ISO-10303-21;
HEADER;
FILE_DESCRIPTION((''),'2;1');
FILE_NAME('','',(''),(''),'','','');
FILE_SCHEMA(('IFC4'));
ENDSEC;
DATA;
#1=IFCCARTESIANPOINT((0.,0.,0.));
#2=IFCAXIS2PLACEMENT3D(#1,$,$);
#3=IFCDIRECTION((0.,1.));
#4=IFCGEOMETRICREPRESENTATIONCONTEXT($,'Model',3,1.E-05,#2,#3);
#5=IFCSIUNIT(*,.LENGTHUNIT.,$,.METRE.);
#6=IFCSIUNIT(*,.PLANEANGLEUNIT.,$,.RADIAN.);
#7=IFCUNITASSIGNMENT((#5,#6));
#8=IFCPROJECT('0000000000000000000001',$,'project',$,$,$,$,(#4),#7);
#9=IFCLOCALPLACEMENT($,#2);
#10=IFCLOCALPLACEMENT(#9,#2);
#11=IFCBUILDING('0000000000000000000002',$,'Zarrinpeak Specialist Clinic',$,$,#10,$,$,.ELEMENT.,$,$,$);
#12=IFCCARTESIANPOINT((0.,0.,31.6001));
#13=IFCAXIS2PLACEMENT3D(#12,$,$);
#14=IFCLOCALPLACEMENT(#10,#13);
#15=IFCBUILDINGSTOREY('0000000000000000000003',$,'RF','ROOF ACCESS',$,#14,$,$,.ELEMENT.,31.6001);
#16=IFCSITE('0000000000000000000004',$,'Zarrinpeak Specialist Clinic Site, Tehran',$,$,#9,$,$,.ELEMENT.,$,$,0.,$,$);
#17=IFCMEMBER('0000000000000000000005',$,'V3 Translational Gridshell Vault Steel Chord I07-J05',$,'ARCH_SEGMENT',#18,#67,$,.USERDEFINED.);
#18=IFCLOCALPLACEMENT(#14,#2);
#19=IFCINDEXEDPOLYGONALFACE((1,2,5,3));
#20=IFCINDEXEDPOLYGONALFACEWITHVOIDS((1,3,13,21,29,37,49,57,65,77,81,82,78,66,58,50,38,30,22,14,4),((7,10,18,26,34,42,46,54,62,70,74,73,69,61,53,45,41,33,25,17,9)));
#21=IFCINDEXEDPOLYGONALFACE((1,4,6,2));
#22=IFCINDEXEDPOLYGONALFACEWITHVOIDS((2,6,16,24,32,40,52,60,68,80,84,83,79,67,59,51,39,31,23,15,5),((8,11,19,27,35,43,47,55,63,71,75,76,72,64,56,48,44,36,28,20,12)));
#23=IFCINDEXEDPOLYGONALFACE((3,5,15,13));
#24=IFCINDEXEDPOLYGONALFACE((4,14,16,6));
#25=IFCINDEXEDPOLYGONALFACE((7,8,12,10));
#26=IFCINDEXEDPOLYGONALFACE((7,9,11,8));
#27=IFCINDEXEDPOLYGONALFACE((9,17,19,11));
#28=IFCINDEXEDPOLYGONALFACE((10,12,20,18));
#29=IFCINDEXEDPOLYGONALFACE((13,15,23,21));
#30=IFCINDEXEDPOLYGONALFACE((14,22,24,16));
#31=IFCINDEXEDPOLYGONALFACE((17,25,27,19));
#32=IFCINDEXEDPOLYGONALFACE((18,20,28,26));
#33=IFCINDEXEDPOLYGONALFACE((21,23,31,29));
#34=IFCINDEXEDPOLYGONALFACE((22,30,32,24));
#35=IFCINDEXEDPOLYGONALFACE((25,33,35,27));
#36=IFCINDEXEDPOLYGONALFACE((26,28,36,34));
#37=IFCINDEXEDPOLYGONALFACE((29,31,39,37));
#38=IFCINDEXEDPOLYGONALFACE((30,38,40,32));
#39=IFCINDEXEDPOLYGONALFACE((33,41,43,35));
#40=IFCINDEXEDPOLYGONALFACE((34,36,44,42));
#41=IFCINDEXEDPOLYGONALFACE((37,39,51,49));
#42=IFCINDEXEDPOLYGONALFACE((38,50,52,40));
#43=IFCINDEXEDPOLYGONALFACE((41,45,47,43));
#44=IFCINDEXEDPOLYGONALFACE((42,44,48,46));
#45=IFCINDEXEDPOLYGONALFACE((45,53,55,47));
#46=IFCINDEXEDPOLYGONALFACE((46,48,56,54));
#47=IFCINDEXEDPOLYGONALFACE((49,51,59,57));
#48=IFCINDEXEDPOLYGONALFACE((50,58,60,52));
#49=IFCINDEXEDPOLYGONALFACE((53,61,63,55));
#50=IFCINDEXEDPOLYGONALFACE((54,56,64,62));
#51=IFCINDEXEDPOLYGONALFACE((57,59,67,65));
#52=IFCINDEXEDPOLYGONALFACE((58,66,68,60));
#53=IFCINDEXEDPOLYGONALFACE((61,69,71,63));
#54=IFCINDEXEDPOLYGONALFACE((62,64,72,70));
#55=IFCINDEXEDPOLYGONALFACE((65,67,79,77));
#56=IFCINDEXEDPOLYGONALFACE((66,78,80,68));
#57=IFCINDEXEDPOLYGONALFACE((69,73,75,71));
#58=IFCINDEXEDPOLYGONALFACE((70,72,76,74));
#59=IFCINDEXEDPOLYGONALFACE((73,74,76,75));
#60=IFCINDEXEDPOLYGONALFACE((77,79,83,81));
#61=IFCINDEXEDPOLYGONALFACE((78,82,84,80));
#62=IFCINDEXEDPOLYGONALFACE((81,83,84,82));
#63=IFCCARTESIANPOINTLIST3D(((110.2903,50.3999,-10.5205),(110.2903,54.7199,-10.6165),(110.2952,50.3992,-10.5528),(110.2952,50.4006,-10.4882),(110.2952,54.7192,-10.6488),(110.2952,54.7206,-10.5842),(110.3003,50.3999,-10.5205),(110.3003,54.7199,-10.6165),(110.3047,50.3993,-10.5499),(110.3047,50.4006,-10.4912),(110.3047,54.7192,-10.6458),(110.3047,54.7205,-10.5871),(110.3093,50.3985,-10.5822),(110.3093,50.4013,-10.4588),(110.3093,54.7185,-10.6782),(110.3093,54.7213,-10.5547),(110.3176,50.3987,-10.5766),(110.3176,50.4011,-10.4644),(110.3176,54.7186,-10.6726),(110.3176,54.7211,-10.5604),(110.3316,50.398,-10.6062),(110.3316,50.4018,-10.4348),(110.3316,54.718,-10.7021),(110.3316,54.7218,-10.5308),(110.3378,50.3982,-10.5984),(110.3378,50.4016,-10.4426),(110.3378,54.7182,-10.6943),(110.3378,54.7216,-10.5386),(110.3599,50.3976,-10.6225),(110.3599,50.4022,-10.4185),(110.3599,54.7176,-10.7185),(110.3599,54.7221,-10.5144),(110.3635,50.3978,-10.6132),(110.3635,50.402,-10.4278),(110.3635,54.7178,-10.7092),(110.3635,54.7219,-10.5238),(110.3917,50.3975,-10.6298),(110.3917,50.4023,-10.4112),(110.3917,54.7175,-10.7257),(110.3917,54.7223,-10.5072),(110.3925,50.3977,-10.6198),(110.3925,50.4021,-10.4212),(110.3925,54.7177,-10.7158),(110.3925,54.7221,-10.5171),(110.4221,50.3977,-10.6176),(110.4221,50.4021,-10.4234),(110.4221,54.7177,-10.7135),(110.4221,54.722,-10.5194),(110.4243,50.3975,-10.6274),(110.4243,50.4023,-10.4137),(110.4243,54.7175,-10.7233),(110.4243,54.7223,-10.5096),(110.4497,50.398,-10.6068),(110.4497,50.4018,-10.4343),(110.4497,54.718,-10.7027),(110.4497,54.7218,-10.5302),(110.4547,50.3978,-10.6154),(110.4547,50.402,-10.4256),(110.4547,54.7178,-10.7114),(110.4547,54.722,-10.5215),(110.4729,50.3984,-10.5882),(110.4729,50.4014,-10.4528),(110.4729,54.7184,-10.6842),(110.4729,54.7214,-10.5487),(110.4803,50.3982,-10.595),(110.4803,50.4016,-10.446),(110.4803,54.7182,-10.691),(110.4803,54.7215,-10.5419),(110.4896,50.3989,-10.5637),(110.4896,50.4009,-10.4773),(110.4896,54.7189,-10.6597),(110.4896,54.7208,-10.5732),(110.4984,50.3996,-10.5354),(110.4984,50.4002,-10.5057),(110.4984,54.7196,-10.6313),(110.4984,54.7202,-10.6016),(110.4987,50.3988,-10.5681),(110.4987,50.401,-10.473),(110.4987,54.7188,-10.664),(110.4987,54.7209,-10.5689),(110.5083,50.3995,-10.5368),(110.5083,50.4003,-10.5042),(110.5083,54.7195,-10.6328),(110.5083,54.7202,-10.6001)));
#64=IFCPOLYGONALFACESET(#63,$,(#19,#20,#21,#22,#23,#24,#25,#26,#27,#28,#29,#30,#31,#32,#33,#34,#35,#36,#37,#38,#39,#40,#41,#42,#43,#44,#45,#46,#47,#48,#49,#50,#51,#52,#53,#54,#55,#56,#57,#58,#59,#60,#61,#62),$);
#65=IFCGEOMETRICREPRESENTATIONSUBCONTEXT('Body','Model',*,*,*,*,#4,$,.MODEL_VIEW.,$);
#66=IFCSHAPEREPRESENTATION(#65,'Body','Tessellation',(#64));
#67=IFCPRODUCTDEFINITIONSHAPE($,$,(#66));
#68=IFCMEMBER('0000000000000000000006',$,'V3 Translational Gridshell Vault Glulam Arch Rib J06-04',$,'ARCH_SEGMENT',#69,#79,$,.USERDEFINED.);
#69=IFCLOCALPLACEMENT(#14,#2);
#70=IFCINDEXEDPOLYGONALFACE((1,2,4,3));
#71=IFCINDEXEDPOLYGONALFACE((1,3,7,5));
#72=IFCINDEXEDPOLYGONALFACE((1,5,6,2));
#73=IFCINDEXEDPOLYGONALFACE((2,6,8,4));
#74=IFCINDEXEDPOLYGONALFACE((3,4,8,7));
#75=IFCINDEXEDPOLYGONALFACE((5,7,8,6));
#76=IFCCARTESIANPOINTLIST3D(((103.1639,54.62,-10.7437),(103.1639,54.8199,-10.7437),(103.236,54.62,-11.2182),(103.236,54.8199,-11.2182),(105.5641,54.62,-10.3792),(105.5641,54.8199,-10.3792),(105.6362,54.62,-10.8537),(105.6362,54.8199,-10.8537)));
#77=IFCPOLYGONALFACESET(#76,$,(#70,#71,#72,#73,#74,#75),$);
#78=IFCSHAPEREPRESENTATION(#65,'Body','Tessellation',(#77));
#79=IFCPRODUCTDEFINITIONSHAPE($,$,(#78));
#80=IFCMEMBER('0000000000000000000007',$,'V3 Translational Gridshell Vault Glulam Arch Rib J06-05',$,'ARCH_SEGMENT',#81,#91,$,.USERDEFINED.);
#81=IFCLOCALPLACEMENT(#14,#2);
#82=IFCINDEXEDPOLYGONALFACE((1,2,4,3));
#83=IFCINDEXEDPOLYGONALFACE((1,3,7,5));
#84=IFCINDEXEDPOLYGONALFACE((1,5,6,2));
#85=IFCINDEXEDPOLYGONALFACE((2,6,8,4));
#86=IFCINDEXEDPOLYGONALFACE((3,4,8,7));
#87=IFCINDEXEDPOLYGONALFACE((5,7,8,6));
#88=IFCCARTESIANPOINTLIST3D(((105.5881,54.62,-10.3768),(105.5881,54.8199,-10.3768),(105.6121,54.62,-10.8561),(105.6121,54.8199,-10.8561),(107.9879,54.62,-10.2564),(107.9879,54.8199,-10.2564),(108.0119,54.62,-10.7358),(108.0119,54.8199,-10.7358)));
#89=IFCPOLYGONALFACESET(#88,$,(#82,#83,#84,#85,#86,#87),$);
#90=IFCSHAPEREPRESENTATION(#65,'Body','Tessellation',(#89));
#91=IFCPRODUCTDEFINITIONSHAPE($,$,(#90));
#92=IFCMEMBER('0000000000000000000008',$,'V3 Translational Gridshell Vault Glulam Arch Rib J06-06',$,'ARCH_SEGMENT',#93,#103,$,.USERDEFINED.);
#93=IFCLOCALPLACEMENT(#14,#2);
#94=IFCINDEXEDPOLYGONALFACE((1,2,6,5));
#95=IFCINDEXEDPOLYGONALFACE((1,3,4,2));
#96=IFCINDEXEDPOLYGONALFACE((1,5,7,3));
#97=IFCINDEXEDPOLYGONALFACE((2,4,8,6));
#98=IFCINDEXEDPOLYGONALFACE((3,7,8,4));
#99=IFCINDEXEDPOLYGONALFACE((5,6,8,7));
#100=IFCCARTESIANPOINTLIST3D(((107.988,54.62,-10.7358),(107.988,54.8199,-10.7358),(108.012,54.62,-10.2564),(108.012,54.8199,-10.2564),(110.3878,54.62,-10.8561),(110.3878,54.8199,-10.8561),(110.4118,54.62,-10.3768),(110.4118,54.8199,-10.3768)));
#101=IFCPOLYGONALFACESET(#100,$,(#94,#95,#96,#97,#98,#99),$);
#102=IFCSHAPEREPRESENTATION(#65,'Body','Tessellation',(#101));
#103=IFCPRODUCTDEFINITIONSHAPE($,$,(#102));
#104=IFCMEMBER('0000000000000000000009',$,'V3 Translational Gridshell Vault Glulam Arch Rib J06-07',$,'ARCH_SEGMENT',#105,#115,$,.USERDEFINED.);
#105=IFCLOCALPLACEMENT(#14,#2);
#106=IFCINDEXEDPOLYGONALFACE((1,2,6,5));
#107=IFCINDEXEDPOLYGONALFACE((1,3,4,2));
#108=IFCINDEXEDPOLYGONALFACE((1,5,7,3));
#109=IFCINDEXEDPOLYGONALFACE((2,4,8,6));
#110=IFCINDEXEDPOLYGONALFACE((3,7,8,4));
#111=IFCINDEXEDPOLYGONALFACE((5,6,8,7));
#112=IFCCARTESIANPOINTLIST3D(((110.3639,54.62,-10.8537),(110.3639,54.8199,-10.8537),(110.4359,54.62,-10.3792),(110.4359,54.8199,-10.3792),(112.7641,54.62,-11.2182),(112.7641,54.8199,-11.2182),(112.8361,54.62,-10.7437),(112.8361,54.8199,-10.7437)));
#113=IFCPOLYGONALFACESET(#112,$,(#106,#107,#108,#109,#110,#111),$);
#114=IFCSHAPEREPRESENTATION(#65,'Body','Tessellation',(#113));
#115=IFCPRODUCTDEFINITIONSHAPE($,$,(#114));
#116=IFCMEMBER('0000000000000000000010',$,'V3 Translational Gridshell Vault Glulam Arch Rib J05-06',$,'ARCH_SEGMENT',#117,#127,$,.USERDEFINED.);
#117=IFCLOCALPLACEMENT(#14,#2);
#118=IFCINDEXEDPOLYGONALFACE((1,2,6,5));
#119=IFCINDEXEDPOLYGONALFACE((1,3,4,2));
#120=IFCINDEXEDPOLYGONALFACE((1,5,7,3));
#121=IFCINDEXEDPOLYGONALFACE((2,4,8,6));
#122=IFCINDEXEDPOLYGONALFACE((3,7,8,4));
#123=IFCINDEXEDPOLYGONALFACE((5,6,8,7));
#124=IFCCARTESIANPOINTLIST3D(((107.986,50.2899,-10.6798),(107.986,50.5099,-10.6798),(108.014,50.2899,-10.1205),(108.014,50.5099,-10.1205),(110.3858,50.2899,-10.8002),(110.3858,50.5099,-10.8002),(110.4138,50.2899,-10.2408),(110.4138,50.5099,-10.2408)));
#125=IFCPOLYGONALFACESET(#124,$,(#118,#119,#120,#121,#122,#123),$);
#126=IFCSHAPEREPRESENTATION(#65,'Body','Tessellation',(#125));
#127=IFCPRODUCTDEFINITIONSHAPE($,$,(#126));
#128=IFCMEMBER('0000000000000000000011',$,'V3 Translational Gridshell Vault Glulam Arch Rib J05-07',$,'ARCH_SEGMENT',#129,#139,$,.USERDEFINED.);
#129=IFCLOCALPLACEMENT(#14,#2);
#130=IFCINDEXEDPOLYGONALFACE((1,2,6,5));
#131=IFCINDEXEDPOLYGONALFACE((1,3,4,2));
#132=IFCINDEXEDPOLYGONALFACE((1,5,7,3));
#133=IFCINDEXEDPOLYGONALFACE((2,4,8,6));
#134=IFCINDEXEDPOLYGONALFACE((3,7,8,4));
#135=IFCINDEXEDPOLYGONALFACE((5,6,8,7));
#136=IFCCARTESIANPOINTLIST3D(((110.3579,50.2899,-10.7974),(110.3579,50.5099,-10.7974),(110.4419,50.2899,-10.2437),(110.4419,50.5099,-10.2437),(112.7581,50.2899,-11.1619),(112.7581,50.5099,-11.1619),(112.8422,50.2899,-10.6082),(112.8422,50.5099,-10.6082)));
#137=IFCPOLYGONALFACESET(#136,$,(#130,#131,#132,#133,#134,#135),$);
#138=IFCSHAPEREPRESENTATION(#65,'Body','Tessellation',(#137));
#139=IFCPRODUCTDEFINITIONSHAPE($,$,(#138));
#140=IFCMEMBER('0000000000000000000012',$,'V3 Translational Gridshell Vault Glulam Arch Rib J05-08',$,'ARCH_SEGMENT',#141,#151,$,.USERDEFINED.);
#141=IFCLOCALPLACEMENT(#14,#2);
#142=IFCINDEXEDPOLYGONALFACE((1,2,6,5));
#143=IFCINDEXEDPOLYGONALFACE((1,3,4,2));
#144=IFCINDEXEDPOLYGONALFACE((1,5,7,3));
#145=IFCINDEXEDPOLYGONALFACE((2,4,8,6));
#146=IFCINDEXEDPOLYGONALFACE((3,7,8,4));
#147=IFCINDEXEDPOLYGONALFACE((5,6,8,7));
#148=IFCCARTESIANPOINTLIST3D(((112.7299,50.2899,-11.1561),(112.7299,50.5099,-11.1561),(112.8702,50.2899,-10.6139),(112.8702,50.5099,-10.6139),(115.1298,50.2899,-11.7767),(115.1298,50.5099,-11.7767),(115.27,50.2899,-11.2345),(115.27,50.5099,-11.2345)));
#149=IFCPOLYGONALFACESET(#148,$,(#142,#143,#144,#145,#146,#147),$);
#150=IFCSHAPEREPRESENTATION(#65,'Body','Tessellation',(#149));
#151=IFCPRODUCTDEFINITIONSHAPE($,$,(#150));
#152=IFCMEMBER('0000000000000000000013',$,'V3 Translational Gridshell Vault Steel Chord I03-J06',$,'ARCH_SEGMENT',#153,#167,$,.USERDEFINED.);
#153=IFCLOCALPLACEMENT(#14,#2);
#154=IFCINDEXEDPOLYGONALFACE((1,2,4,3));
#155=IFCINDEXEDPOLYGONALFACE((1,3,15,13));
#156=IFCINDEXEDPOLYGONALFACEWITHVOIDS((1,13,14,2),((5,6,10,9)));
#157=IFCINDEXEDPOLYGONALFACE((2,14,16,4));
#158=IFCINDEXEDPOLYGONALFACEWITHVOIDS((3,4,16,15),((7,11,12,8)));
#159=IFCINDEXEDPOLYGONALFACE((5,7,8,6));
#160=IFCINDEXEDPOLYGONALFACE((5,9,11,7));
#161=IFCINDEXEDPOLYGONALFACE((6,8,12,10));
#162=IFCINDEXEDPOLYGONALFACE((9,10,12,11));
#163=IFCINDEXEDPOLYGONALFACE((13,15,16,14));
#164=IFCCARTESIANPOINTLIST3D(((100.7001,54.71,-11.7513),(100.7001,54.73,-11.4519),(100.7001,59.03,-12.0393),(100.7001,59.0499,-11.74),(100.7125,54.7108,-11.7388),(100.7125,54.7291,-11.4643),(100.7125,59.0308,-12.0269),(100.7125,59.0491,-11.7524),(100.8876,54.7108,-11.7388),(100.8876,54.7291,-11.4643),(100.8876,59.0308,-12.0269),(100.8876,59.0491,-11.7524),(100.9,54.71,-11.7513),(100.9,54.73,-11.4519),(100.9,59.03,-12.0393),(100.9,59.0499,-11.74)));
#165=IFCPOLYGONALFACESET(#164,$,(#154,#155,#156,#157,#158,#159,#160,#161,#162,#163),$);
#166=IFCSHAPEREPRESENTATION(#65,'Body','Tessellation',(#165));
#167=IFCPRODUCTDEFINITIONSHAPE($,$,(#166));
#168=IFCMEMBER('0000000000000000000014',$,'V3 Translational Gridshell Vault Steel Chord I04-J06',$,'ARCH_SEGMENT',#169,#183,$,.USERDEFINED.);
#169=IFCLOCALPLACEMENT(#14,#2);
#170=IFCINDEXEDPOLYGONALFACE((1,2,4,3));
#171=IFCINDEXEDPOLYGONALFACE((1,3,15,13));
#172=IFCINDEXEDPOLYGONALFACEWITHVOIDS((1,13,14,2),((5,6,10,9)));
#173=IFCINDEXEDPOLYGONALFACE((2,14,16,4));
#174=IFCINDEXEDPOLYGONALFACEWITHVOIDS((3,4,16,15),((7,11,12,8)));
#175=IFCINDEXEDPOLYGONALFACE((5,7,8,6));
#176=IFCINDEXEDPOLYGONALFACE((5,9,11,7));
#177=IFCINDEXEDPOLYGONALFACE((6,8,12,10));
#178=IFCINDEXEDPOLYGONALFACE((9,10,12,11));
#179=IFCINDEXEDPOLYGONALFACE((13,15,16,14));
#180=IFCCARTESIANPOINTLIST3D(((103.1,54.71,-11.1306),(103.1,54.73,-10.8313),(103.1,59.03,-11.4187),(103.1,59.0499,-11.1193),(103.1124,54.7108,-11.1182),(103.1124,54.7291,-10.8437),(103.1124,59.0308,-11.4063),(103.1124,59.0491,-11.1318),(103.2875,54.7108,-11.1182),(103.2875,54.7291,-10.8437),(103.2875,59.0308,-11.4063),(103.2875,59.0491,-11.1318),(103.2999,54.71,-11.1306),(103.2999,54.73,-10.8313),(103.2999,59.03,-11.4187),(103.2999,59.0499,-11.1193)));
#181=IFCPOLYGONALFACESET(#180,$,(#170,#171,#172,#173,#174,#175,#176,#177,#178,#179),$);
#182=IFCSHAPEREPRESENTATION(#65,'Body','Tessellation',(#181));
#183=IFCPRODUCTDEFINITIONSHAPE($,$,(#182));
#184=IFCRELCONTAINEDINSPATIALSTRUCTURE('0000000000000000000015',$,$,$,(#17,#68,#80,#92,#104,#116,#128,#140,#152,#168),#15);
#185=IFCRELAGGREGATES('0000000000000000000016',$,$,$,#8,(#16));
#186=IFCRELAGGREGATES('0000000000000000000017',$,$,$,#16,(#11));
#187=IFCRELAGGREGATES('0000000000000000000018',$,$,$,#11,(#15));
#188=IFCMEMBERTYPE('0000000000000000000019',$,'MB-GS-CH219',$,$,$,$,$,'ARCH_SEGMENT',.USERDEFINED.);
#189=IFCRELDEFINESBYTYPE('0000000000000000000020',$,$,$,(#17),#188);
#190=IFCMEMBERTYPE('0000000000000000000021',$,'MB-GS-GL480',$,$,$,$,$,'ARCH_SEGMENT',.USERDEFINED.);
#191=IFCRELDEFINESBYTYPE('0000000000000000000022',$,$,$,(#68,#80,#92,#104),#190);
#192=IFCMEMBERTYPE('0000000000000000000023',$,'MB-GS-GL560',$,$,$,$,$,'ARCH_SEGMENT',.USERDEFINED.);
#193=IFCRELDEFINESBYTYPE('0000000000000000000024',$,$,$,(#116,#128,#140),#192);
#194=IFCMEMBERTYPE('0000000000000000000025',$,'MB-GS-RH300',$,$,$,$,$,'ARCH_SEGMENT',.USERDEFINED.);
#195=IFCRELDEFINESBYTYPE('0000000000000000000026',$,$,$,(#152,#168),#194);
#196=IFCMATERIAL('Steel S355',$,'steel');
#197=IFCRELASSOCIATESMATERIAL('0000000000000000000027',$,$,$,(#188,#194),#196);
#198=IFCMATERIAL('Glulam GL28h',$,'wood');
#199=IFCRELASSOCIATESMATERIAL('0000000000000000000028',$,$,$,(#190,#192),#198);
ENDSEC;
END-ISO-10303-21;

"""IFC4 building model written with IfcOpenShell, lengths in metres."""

from ifc_helpers import new_model, si_unit, direction, frame, origin, origin_2d, place, context, subcontext, project, spatial, rectangle, hollow_rectangle, hollow_circle, extrude, material, material_profile, profile_set, type_object, element, save


model = new_model("IFC4")

# Units and contexts
model_context = context("Model", 3, precision=1e-05, world=origin(), true_north=direction((0.0, 1.0)))
body_context = subcontext(model_context, "Body", "Model", "MODEL_VIEW")
ifc_project = project(units=[si_unit("LENGTHUNIT", "METRE"), si_unit("PLANEANGLEUNIT", "RADIAN")], contexts=[model_context])

# Site, building, storey
site_placement = place(None, origin())
site = spatial("IfcSite", under=ifc_project, at=site_placement, Name="Zarrinpeak Specialist Clinic Site, Tehran", CompositionType="ELEMENT", RefElevation=0.0)
building_placement = place(site_placement, origin())
building = spatial("IfcBuilding", under=site, at=building_placement, Name="Zarrinpeak Specialist Clinic", CompositionType="ELEMENT")
storey_placement = place(building_placement, frame((0.0, 0.0, 31.6001)))
storey = spatial("IfcBuildingStorey", under=building, at=storey_placement, Name="RF", Description="ROOF ACCESS", CompositionType="ELEMENT", Elevation=31.6001)

# Members
ifc_material_1 = material(Name="Steel S355", Category="steel")
ifc_material_profile_1 = material_profile(ifc_material_1, hollow_circle(Radius=0.1096, WallThickness=0.01, at=origin_2d()), Name="CHS 219.1x10.0")
ifc_profile_set_1 = profile_set([ifc_material_profile_1], Name="Steel S355")
member_type_1 = type_object("IfcMemberType", Name="MB-GS-CH219", ElementType="ARCH_SEGMENT", PredefinedType="USERDEFINED", material=ifc_profile_set_1)
member_1_placement = place(storey_placement, frame((110.3999, 50.3999, -10.5205), z_axis=(0.0, 0.999753, -0.022204), x_axis=(-1.0, 0.0, 0.0)))
element("IfcMember", 1, at=member_1_placement, inside=storey, type_object=member_type_1, Name="V3 Translational Gridshell Vault Steel Chord I07-J05", ObjectType="ARCH_SEGMENT", PredefinedType="USERDEFINED", context=body_context, shape_type="SweptSolid", body=[
    extrude(hollow_circle(Radius=0.1096, WallThickness=0.01, at=origin_2d()), origin(), (0.0, 0.0, 1.0), 4.321),
])
ifc_material_2 = material(Name="Glulam GL28h", Category="wood")
ifc_material_profile_2 = material_profile(ifc_material_2, rectangle(XDim=0.2, YDim=0.48, at=origin_2d()), Name="GL28h 200x480")
ifc_profile_set_2 = profile_set([ifc_material_profile_2], Name="Glulam GL28h")
member_type_2 = type_object("IfcMemberType", Name="MB-GS-GL480", ElementType="ARCH_SEGMENT", PredefinedType="USERDEFINED", material=ifc_profile_set_2)
member_2_placement = place(storey_placement, frame((103.2, 54.72, -10.981), z_axis=(0.988664, 0.0, 0.150145), x_axis=(0.0, 1.0, 0.0)))
element("IfcMember", 2, at=member_2_placement, inside=storey, type_object=member_type_2, Name="V3 Translational Gridshell Vault Glulam Arch Rib J06-04", ObjectType="ARCH_SEGMENT", PredefinedType="USERDEFINED", context=body_context, shape_type="SweptSolid", body=[
    extrude(rectangle(XDim=0.2, YDim=0.48, at=origin_2d()), origin(), (0.0, 0.0, 1.0), 2.4277),
])
for number, where, z_axis, x_axis, name in (
    (3, (105.6001, 54.72, -10.6165), (0.998745, 0.0, 0.05009), (0.0, 1.0, 0.0), "V3 Translational Gridshell Vault Glulam Arch Rib J06-05"),
    (4, (108.0, 54.72, -10.4961), (0.998745, 0.0, -0.05009), (0.0, 1.0, 0.0), "V3 Translational Gridshell Vault Glulam Arch Rib J06-06"),
):
    element("IfcMember", number, at=place(storey_placement, frame(where, z_axis=z_axis, x_axis=x_axis)), inside=storey, type_object=member_type_2, Name=name, ObjectType="ARCH_SEGMENT", PredefinedType="USERDEFINED", context=body_context, shape_type="SweptSolid", body=[
        extrude(rectangle(XDim=0.2, YDim=0.48, at=origin_2d()), origin(), (0.0, 0.0, 1.0), 2.4028),
    ])
member_3_placement = place(storey_placement, frame((110.3999, 54.72, -10.6165), z_axis=(0.988664, 0.0, -0.150145), x_axis=(0.0, 1.0, 0.0)))
element("IfcMember", 5, at=member_3_placement, inside=storey, type_object=member_type_2, Name="V3 Translational Gridshell Vault Glulam Arch Rib J06-07", ObjectType="ARCH_SEGMENT", PredefinedType="USERDEFINED", context=body_context, shape_type="SweptSolid", body=[
    extrude(rectangle(XDim=0.2, YDim=0.48, at=origin_2d()), origin(), (0.0, 0.0, 1.0), 2.4277),
])
ifc_material_profile_3 = material_profile(ifc_material_2, rectangle(XDim=0.22, YDim=0.5601, at=origin_2d()), Name="GL28h 220x560")
ifc_profile_set_3 = profile_set([ifc_material_profile_3], Name="Glulam GL28h")
member_type_3 = type_object("IfcMemberType", Name="MB-GS-GL560", ElementType="ARCH_SEGMENT", PredefinedType="USERDEFINED", material=ifc_profile_set_3)
member_4_placement = place(storey_placement, frame((108.0, 50.3999, -10.4001), z_axis=(0.998745, 0.0, -0.05009), x_axis=(0.0, 1.0, 0.0)))
element("IfcMember", 6, at=member_4_placement, inside=storey, type_object=member_type_3, Name="V3 Translational Gridshell Vault Glulam Arch Rib J05-06", ObjectType="ARCH_SEGMENT", PredefinedType="USERDEFINED", context=body_context, shape_type="SweptSolid", body=[
    extrude(rectangle(XDim=0.22, YDim=0.5601, at=origin_2d()), origin(), (0.0, 0.0, 1.0), 2.4028),
])
member_5_placement = place(storey_placement, frame((110.3999, 50.3999, -10.5205), z_axis=(0.988664, 0.0, -0.150145), x_axis=(0.0, 1.0, 0.0)))
element("IfcMember", 7, at=member_5_placement, inside=storey, type_object=member_type_3, Name="V3 Translational Gridshell Vault Glulam Arch Rib J05-07", ObjectType="ARCH_SEGMENT", PredefinedType="USERDEFINED", context=body_context, shape_type="SweptSolid", body=[
    extrude(rectangle(XDim=0.22, YDim=0.5601, at=origin_2d()), origin(), (0.0, 0.0, 1.0), 2.4277),
])
member_6_placement = place(storey_placement, frame((112.8, 50.3999, -10.885), z_axis=(0.968153, 0.0, -0.250361), x_axis=(0.0, 1.0, 0.0)))
element("IfcMember", 8, at=member_6_placement, inside=storey, type_object=member_type_3, Name="V3 Translational Gridshell Vault Glulam Arch Rib J05-08", ObjectType="ARCH_SEGMENT", PredefinedType="USERDEFINED", context=body_context, shape_type="SweptSolid", body=[
    extrude(rectangle(XDim=0.22, YDim=0.5601, at=origin_2d()), origin(), (0.0, 0.0, 1.0), 2.4788),
])
ifc_material_profile_4 = material_profile(ifc_material_1, hollow_rectangle(XDim=0.2, YDim=0.3, WallThickness=0.0125, at=origin_2d()), Name="RHS 300x200x12.5")
ifc_profile_set_4 = profile_set([ifc_material_profile_4], Name="Steel S355")
member_type_4 = type_object("IfcMemberType", Name="MB-GS-RH300", ElementType="ARCH_SEGMENT", PredefinedType="USERDEFINED", material=ifc_profile_set_4)
for number, where, z_axis, x_axis, name in (
    (9, (100.8, 54.72, -11.6016), (0.0, 0.997784, -0.066538), (-1.0, 0.0, 0.0), "V3 Translational Gridshell Vault Steel Chord I03-J06"),
    (10, (103.2, 54.72, -10.981), (0.0, 0.997784, -0.066538), (-1.0, 0.0, 0.0), "V3 Translational Gridshell Vault Steel Chord I04-J06"),
):
    element("IfcMember", number, at=place(storey_placement, frame(where, z_axis=z_axis, x_axis=x_axis)), inside=storey, type_object=member_type_4, Name=name, ObjectType="ARCH_SEGMENT", PredefinedType="USERDEFINED", context=body_context, shape_type="SweptSolid", body=[
        extrude(hollow_rectangle(XDim=0.2, YDim=0.3, WallThickness=0.0125, at=origin_2d()), origin(), (0.0, 0.0, 1.0), 4.3296),
    ])

save(model, "model.ifc")
